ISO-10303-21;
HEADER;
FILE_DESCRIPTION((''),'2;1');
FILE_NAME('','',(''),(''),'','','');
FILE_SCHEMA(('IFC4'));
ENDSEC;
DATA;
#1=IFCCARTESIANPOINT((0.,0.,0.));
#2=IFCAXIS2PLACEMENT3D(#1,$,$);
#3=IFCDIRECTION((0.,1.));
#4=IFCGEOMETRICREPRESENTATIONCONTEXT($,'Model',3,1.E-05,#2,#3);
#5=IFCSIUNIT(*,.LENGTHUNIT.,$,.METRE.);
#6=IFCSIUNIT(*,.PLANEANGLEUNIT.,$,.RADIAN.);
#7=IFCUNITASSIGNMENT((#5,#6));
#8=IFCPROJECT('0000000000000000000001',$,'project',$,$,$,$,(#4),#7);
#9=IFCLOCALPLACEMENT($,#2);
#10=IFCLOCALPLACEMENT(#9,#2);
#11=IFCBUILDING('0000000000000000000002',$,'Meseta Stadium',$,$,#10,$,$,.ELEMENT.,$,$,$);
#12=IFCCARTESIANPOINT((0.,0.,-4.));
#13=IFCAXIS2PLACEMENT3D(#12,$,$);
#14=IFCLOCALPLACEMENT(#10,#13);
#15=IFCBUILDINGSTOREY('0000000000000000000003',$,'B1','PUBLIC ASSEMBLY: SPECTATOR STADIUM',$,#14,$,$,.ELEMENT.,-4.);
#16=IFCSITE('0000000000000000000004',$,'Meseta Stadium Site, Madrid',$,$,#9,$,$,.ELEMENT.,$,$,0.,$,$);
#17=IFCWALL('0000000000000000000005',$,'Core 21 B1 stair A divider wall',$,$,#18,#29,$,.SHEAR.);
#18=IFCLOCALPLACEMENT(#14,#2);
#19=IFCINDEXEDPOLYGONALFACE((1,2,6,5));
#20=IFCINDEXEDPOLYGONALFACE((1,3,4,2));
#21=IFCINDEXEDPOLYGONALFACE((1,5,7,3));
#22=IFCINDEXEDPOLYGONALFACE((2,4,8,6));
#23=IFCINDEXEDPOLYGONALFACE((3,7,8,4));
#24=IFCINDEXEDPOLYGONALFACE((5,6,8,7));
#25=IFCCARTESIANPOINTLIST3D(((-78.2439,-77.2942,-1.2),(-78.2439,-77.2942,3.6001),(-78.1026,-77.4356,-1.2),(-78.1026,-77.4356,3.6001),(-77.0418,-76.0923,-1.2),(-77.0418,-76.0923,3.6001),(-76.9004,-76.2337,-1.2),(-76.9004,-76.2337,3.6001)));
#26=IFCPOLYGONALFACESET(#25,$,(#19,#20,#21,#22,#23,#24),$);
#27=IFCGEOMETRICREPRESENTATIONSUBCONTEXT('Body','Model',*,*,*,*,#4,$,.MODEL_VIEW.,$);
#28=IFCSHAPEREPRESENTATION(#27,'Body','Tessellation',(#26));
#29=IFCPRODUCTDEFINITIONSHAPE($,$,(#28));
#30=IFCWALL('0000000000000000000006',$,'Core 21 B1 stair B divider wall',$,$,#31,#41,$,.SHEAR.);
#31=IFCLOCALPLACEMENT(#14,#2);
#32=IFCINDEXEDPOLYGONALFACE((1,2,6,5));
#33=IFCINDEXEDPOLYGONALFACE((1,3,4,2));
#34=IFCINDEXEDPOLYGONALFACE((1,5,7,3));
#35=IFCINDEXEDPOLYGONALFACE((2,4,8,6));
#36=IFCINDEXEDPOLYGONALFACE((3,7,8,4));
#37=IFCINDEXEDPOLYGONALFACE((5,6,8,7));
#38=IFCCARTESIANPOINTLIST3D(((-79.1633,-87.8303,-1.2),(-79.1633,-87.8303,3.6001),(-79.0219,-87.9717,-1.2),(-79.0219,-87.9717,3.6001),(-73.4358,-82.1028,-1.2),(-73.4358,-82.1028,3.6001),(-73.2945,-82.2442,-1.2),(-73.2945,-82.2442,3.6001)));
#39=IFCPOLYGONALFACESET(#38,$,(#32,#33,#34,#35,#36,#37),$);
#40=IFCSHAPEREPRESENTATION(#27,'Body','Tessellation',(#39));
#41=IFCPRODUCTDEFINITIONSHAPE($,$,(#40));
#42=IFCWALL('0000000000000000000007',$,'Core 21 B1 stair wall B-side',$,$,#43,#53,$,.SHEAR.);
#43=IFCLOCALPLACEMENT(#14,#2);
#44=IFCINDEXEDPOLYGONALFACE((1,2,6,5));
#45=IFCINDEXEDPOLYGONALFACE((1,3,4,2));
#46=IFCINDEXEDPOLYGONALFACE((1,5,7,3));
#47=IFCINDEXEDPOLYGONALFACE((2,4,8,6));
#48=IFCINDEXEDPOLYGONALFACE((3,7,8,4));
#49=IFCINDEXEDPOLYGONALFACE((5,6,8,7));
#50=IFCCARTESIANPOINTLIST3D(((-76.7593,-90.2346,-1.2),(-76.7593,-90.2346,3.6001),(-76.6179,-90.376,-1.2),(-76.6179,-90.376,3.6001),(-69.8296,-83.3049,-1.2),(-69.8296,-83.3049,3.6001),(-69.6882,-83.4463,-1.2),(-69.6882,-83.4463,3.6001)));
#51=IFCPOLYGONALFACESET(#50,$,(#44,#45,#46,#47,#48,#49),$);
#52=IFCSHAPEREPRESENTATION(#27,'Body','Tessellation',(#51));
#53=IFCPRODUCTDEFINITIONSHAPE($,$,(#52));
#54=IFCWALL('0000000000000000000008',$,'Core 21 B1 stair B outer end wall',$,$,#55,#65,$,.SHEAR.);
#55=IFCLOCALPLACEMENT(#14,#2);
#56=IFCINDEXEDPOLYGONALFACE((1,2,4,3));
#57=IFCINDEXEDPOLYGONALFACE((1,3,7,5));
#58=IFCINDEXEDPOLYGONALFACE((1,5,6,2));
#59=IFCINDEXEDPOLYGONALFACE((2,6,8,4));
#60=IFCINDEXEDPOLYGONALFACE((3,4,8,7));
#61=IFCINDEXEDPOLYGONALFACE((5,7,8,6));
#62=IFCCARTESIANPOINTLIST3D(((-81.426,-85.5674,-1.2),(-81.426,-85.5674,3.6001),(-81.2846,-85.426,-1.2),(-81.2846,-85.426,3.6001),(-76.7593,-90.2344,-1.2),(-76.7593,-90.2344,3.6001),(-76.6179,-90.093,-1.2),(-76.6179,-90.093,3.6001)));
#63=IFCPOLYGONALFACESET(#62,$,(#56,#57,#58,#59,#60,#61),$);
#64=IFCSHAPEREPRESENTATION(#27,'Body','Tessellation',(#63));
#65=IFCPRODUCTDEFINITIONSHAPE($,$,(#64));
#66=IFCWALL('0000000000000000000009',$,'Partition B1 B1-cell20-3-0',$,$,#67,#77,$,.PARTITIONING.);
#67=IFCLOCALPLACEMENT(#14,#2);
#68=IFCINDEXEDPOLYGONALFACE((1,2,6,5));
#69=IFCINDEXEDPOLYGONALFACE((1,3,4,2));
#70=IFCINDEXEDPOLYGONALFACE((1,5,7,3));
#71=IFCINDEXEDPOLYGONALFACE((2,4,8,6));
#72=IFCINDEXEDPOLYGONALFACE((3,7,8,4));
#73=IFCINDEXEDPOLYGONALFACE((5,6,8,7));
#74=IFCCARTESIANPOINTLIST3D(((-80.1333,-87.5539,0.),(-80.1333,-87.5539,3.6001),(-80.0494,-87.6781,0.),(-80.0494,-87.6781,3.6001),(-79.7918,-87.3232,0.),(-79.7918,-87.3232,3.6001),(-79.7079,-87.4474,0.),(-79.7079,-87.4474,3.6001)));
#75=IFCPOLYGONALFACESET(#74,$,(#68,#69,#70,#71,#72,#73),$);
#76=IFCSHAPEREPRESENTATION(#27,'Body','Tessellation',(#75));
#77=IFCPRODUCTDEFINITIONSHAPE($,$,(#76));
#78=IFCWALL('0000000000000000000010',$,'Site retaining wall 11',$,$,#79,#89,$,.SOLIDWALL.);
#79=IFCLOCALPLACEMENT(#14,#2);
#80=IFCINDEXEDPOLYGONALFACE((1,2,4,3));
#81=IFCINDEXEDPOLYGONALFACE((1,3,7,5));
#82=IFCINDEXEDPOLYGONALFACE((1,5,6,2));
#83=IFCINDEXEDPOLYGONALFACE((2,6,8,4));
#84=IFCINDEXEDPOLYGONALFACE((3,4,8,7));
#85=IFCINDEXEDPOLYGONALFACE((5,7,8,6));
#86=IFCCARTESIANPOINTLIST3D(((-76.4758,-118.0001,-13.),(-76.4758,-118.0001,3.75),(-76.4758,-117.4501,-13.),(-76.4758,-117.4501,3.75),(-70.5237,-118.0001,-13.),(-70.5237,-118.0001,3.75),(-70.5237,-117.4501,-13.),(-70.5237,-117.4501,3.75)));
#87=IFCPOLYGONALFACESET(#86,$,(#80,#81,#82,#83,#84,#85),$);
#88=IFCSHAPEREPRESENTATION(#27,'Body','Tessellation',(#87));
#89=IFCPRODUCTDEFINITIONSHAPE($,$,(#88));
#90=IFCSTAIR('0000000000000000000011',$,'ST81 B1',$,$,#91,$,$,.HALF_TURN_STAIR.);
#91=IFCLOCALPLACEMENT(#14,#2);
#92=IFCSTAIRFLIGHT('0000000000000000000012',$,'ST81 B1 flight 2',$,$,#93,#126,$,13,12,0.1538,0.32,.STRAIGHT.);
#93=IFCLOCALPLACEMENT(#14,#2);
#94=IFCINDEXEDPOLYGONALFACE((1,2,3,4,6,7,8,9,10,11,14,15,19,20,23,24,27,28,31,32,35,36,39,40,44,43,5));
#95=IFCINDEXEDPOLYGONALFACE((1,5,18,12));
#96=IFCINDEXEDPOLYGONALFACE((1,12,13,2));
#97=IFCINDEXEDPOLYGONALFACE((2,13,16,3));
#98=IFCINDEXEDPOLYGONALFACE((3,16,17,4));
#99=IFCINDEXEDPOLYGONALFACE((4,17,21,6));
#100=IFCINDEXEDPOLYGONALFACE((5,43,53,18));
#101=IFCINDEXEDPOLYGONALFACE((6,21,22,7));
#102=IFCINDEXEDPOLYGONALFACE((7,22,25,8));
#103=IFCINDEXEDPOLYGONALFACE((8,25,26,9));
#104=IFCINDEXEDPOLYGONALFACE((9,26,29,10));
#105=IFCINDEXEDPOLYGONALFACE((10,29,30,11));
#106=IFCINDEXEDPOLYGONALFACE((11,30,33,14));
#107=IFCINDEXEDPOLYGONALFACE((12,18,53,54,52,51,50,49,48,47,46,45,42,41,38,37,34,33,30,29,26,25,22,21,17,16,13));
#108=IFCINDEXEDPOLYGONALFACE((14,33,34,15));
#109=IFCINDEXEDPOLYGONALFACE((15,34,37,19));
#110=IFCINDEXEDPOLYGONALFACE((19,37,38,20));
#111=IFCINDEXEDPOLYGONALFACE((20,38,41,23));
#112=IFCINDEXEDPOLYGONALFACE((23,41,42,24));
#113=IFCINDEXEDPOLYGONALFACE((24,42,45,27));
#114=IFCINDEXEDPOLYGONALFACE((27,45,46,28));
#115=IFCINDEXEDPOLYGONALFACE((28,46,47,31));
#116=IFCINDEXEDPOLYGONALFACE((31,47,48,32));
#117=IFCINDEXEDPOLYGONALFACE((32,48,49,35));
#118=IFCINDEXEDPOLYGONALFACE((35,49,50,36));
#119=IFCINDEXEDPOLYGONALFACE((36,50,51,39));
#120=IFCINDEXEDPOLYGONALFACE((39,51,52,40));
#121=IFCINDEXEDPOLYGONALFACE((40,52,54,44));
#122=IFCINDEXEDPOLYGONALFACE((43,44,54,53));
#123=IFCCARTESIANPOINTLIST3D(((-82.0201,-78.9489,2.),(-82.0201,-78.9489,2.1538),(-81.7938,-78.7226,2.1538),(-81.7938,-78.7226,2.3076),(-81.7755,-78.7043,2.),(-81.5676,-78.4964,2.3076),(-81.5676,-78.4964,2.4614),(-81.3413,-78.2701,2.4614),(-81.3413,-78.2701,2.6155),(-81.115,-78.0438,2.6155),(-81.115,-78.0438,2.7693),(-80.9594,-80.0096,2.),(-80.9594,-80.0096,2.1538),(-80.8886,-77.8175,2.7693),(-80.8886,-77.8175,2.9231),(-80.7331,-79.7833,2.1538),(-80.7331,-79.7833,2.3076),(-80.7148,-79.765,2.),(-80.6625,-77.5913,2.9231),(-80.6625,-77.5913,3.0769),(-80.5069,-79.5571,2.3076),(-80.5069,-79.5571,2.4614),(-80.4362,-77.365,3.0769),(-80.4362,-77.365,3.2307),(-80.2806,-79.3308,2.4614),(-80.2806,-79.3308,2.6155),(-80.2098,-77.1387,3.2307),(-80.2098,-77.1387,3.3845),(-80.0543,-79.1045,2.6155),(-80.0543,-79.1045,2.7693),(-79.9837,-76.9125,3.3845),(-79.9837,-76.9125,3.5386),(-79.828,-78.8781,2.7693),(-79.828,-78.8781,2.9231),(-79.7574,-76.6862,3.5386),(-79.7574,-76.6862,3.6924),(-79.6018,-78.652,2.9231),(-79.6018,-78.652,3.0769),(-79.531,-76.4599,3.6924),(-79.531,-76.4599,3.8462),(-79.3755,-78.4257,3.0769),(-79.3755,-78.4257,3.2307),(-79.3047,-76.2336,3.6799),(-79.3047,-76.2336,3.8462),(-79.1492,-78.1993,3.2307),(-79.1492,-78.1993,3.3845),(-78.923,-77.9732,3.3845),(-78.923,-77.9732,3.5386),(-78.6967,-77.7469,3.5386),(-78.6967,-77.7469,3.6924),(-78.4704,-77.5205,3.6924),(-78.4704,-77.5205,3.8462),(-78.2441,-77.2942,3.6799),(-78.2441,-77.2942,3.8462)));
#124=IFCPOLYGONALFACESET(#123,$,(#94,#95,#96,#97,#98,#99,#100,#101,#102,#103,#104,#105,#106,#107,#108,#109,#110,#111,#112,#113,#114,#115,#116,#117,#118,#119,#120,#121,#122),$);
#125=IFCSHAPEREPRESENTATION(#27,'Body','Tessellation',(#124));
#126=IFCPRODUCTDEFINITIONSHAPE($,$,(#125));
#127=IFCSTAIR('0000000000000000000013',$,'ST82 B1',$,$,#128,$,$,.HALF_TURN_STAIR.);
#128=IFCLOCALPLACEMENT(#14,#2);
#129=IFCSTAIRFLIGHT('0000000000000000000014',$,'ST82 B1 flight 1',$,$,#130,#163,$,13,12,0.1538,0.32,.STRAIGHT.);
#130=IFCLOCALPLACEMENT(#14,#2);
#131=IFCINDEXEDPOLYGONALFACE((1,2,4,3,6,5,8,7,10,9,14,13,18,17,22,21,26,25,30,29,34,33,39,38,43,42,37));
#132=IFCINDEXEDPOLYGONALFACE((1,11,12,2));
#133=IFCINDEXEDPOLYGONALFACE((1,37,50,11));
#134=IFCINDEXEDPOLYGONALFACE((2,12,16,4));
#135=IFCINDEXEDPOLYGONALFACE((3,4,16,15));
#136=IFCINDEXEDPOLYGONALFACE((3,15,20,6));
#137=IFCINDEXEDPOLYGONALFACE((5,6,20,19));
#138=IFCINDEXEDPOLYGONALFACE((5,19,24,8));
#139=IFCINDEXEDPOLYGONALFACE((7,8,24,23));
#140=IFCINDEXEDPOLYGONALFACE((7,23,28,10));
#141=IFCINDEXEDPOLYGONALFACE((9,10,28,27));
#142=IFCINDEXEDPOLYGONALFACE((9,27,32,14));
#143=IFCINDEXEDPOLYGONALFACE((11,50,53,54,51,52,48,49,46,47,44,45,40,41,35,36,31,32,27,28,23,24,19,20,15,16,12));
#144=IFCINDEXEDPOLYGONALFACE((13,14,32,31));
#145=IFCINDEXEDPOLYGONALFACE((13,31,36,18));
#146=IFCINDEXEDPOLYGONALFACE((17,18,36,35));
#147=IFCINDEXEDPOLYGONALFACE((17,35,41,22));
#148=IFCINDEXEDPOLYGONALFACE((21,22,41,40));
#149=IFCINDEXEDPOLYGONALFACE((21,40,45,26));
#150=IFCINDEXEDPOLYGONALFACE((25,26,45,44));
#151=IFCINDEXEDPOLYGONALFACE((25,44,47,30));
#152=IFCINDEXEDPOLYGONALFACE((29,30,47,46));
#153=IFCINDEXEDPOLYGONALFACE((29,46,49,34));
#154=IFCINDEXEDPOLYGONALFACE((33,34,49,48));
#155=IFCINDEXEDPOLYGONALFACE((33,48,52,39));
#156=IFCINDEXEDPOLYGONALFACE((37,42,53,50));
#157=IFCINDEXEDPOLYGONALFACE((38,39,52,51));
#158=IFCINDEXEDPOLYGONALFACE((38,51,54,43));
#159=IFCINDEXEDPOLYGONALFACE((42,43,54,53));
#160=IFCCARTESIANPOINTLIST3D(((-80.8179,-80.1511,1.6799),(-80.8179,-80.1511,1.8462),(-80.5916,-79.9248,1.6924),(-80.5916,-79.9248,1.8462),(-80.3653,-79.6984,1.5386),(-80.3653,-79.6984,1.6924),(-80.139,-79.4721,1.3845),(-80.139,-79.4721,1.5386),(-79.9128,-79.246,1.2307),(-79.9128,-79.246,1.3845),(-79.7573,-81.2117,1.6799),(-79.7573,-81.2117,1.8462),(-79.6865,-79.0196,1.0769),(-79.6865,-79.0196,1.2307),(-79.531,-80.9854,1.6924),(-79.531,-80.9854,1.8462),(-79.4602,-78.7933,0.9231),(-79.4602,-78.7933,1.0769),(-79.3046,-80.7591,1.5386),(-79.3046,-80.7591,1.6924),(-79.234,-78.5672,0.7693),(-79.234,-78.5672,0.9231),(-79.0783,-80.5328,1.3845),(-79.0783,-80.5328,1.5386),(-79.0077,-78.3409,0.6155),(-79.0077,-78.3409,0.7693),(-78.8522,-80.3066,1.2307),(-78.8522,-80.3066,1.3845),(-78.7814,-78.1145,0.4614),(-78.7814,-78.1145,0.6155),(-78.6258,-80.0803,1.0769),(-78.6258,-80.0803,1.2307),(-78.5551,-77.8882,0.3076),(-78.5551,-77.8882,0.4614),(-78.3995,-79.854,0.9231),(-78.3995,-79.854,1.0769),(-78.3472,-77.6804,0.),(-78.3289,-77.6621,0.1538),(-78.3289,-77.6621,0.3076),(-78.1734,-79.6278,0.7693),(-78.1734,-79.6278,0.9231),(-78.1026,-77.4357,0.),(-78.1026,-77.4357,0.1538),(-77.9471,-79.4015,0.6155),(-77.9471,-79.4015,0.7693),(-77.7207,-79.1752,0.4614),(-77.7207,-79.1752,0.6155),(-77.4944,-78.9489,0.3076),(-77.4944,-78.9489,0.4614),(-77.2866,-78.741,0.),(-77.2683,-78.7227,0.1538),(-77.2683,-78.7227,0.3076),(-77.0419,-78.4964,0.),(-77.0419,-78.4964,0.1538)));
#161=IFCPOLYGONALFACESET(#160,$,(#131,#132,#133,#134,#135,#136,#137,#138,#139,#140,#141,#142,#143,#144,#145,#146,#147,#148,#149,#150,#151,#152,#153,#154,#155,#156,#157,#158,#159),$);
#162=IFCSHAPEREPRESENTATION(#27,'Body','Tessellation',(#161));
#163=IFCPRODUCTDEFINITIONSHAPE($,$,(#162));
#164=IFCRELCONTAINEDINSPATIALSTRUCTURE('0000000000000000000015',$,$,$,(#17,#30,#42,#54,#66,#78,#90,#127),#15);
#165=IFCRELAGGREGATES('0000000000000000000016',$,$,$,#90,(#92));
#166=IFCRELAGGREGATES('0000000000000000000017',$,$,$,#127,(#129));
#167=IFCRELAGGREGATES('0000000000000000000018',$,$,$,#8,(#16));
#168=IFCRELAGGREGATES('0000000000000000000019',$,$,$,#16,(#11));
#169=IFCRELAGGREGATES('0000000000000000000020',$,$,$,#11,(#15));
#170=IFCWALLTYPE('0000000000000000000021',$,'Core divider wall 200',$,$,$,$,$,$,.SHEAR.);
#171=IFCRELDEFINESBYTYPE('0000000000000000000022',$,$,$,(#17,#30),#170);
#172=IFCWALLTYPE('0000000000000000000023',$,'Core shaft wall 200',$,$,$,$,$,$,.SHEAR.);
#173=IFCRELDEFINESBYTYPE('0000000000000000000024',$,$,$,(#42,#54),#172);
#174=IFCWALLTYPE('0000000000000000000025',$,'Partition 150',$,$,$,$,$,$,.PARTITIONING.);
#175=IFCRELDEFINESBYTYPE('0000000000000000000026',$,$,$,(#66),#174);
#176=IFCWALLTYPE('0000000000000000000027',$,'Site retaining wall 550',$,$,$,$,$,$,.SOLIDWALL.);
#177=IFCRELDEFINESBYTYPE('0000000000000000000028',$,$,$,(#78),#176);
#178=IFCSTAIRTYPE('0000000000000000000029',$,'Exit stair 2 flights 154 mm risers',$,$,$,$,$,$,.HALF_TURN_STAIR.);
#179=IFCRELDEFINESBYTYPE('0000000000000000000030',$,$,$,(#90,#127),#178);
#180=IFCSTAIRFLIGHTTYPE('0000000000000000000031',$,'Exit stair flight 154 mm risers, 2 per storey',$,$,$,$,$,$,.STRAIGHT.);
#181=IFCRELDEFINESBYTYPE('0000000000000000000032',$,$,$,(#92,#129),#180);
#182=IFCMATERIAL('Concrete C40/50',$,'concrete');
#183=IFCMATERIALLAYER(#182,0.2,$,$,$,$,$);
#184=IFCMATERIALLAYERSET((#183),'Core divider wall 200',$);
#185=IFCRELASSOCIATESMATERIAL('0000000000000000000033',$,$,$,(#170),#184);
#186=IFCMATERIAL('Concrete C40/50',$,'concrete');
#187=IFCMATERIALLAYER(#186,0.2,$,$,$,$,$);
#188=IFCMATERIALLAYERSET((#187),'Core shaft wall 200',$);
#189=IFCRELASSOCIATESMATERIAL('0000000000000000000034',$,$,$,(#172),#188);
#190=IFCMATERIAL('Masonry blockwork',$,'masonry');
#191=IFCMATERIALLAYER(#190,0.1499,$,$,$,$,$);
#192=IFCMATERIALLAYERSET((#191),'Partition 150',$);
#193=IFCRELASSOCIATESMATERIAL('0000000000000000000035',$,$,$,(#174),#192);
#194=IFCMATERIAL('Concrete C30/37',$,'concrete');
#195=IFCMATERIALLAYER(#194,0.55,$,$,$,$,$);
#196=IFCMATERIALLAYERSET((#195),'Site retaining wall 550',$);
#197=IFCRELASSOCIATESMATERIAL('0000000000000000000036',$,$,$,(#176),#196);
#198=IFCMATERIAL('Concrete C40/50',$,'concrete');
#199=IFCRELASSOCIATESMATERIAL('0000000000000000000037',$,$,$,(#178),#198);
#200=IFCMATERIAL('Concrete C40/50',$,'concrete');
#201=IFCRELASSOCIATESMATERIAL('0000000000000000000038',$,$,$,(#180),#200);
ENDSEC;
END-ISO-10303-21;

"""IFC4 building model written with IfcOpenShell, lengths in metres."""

from ifc_helpers import new_model, si_unit, direction, frame, frame_2d, origin, place, context, subcontext, project, spatial, polyline, rectangle, outline, extrude, material, layer, layer_set, type_object, element, aggregate, save


model = new_model("IFC4")

# Units and contexts
model_context = context("Model", 3, precision=1e-05, world=origin(), true_north=direction((0.0, 1.0)))
body_context = subcontext(model_context, "Body", "Model", "MODEL_VIEW")
ifc_project = project(units=[si_unit("LENGTHUNIT", "METRE"), si_unit("PLANEANGLEUNIT", "RADIAN")], contexts=[model_context])

# Site, building, storey
site_placement = place(None, origin())
site = spatial("IfcSite", under=ifc_project, at=site_placement, Name="Meseta Stadium Site, Madrid", CompositionType="ELEMENT", RefElevation=0.0)
building_placement = place(site_placement, origin())
building = spatial("IfcBuilding", under=site, at=building_placement, Name="Meseta Stadium", CompositionType="ELEMENT")
storey_placement = place(building_placement, frame((0.0, 0.0, -4.0)))
storey = spatial("IfcBuildingStorey", under=building, at=storey_placement, Name="B1", Description="PUBLIC ASSEMBLY: SPECTATOR STADIUM", CompositionType="ELEMENT", Elevation=-4.0)

# Walls
ifc_material_1 = material(Name="Concrete C40/50", Category="concrete")
ifc_layer_1 = layer(ifc_material_1, 0.2)
ifc_layer_set_1 = layer_set([ifc_layer_1], Name="Core divider wall 200")
wall_type_1 = type_object("IfcWallType", Name="Core divider wall 200", PredefinedType="SHEAR", material=ifc_layer_set_1)
wall_1_placement = place(storey_placement, frame((-78.1733, -77.365, -1.2), z_axis=(0.0, 0.0, 1.0), x_axis=(0.707179, 0.707035, 0.0)))
element("IfcWall", 1, at=wall_1_placement, inside=storey, type_object=wall_type_1, Name="Core 21 B1 stair A divider wall", PredefinedType="SHEAR", context=body_context, shape_type="SweptSolid", body=[
    extrude(rectangle(XDim=1.7, YDim=0.2, at=frame_2d((0.8501, 0.0))), origin(), (0.0, 0.0, 1.0), 4.8),
])
wall_2_placement = place(storey_placement, frame((-79.0925, -87.9009, -1.2), z_axis=(0.0, 0.0, 1.0), x_axis=(0.707107, 0.707107, 0.0)))
element("IfcWall", 2, at=wall_2_placement, inside=storey, type_object=wall_type_1, Name="Core 21 B1 stair B divider wall", PredefinedType="SHEAR", context=body_context, shape_type="SweptSolid", body=[
    extrude(rectangle(XDim=8.0999, YDim=0.2, at=frame_2d((4.0498, 0.0))), origin(), (0.0, 0.0, 1.0), 4.8),
])
ifc_material_2 = material(Name="Concrete C40/50", Category="concrete")
ifc_layer_2 = layer(ifc_material_2, 0.2)
ifc_layer_set_2 = layer_set([ifc_layer_2], Name="Core shaft wall 200")
wall_type_2 = type_object("IfcWallType", Name="Core shaft wall 200", PredefinedType="SHEAR", material=ifc_layer_set_2)
wall_3_placement = place(storey_placement, frame((-76.6885, -90.3052, -1.2), z_axis=(0.0, 0.0, 1.0), x_axis=(0.707107, 0.707107, 0.0)))
element("IfcWall", 3, at=wall_3_placement, inside=storey, type_object=wall_type_2, Name="Core 21 B1 stair wall B-side", PredefinedType="SHEAR", context=body_context, shape_type="SweptSolid", body=[
    extrude(rectangle(XDim=9.8, YDim=0.2, at=frame_2d((4.8999, 0.0))), origin(), (0.0, 0.0, 1.0), 4.8),
])
wall_4_placement = place(storey_placement, frame((-81.3552, -85.4968, -1.2), z_axis=(0.0, 0.0, 1.0), x_axis=(0.707088, -0.707125, 0.0)))
element("IfcWall", 4, at=wall_4_placement, inside=storey, type_object=wall_type_2, Name="Core 21 B1 stair B outer end wall", PredefinedType="SHEAR", context=body_context, shape_type="SweptSolid", body=[
    extrude(rectangle(XDim=6.5999, YDim=0.2, at=frame_2d((3.2998, 0.0))), origin(), (0.0, 0.0, 1.0), 4.8),
])
ifc_material_3 = material(Name="Masonry blockwork", Category="masonry")
ifc_layer_3 = layer(ifc_material_3, 0.1499)
ifc_layer_set_3 = layer_set([ifc_layer_3], Name="Partition 150")
wall_type_3 = type_object("IfcWallType", Name="Partition 150", PredefinedType="PARTITIONING", material=ifc_layer_set_3)
wall_5_placement = place(storey_placement, frame((-80.0913, -87.616, 0.0), z_axis=(0.0, 0.0, 1.0), x_axis=(0.828663, 0.559747, 0.0)))
element("IfcWall", 5, at=wall_5_placement, inside=storey, type_object=wall_type_3, Name="Partition B1 B1-cell20-3-0", PredefinedType="PARTITIONING", context=body_context, shape_type="SweptSolid", body=[
    extrude(rectangle(XDim=0.4121, YDim=0.1499, at=frame_2d((0.2061, 0.0))), origin(), (0.0, 0.0, 1.0), 3.6001),
])
ifc_material_4 = material(Name="Concrete C30/37", Category="concrete")
ifc_layer_4 = layer(ifc_material_4, 0.55)
ifc_layer_set_4 = layer_set([ifc_layer_4], Name="Site retaining wall 550")
wall_type_4 = type_object("IfcWallType", Name="Site retaining wall 550", PredefinedType="SOLIDWALL", material=ifc_layer_set_4)
wall_6_placement = place(storey_placement, frame((-76.4758, -117.7251, -13.0), z_axis=(0.0, 0.0, 1.0), x_axis=(1.0, 0.0, 0.0)))
element("IfcWall", 6, at=wall_6_placement, inside=storey, type_object=wall_type_4, Name="Site retaining wall 11", PredefinedType="SOLIDWALL", context=body_context, shape_type="SweptSolid", body=[
    extrude(rectangle(XDim=5.9521, YDim=0.55, at=frame_2d((2.9761, 0.0))), origin(), (0.0, 0.0, 1.0), 16.75),
])

# Stair, stair flight
ifc_material_5 = material(Name="Concrete C40/50", Category="concrete")
stair_type = type_object("IfcStairType", Name="Exit stair 2 flights 154 mm risers", PredefinedType="HALF_TURN_STAIR", material=ifc_material_5)
stair_1_placement = place(storey_placement, origin())
stair_1 = element("IfcStair", 7, at=stair_1_placement, inside=storey, type_object=stair_type, Name="ST81 B1", PredefinedType="HALF_TURN_STAIR")
ifc_material_6 = material(Name="Concrete C40/50", Category="concrete")
stair_flight_type = type_object("IfcStairFlightType", Name="Exit stair flight 154 mm risers, 2 per storey", PredefinedType="STRAIGHT", material=ifc_material_6)
stair_flight_1_placement = place(storey_placement, frame((-81.4897, -79.4792, 2.0), z_axis=(0.0, 0.0, 1.0), x_axis=(0.707107, 0.707107, 0.0)))
stair_flight_1 = element("IfcStairFlight", 8, at=stair_flight_1_placement, type_object=stair_flight_type, Name="ST81 B1 flight 2", NumberOfRisers=13, NumberOfTreads=12, PredefinedType="STRAIGHT", RiserHeight=0.1538, TreadLength=0.32, context=body_context, shape_type="SweptSolid", body=[
    extrude(outline(polyline([(0.0, 0.0), (0.0, 0.1538), (0.3201, 0.1538), (0.3201, 0.3076), (0.6399, 0.3076), (0.6399, 0.4614), (0.96, 0.4614), (0.96, 0.6155), (1.28, 0.6155), (1.28, 0.7693), (1.6001, 0.7693), (1.6001, 0.9231), (1.9199, 0.9231), (1.9199, 1.0769), (2.24, 1.0769), (2.24, 1.2307), (2.5601, 1.2307), (2.5601, 1.3845), (2.8799, 1.3845), (2.8799, 1.5386), (3.2, 1.5386), (3.2, 1.6924), (3.52, 1.6924), (3.52, 1.8462), (3.8401, 1.8462), (3.8401, 1.6799), (0.3459, 0.0), (0.0, 0.0)])), frame((0.0, 0.75, 0.0), z_axis=(0.0, -1.0, 0.0), x_axis=(1.0, 0.0, 0.0)), (0.0, 0.0, 1.0), 1.5),
])
aggregate(stair_1, [stair_flight_1])

# Stair, stair flight
stair_2_placement = place(storey_placement, origin())
stair_2 = element("IfcStair", 9, at=stair_2_placement, inside=storey, type_object=stair_type, Name="ST82 B1", PredefinedType="HALF_TURN_STAIR")
stair_flight_2_placement = place(storey_placement, frame((-77.5723, -77.9661, 0.0), z_axis=(0.0, 0.0, 1.0), x_axis=(-0.707107, -0.707107, 0.0)))
stair_flight_2 = element("IfcStairFlight", 10, at=stair_flight_2_placement, type_object=stair_flight_type, Name="ST82 B1 flight 1", NumberOfRisers=13, NumberOfTreads=12, PredefinedType="STRAIGHT", RiserHeight=0.1538, TreadLength=0.32, context=body_context, shape_type="SweptSolid", body=[
    extrude(outline(polyline([(0.0, 0.0), (0.0, 0.1538), (0.3201, 0.1538), (0.3201, 0.3076), (0.6399, 0.3076), (0.6399, 0.4614), (0.96, 0.4614), (0.96, 0.6155), (1.28, 0.6155), (1.28, 0.7693), (1.6001, 0.7693), (1.6001, 0.9231), (1.9199, 0.9231), (1.9199, 1.0769), (2.24, 1.0769), (2.24, 1.2307), (2.5601, 1.2307), (2.5601, 1.3845), (2.8799, 1.3845), (2.8799, 1.5386), (3.2, 1.5386), (3.2, 1.6924), (3.52, 1.6924), (3.52, 1.8462), (3.8401, 1.8462), (3.8401, 1.6799), (0.3459, 0.0), (0.0, 0.0)])), frame((0.0, 0.75, 0.0), z_axis=(0.0, -1.0, 0.0), x_axis=(1.0, 0.0, 0.0)), (0.0, 0.0, 1.0), 1.5),
])
aggregate(stair_2, [stair_flight_2])

save(model, "model.ifc")
